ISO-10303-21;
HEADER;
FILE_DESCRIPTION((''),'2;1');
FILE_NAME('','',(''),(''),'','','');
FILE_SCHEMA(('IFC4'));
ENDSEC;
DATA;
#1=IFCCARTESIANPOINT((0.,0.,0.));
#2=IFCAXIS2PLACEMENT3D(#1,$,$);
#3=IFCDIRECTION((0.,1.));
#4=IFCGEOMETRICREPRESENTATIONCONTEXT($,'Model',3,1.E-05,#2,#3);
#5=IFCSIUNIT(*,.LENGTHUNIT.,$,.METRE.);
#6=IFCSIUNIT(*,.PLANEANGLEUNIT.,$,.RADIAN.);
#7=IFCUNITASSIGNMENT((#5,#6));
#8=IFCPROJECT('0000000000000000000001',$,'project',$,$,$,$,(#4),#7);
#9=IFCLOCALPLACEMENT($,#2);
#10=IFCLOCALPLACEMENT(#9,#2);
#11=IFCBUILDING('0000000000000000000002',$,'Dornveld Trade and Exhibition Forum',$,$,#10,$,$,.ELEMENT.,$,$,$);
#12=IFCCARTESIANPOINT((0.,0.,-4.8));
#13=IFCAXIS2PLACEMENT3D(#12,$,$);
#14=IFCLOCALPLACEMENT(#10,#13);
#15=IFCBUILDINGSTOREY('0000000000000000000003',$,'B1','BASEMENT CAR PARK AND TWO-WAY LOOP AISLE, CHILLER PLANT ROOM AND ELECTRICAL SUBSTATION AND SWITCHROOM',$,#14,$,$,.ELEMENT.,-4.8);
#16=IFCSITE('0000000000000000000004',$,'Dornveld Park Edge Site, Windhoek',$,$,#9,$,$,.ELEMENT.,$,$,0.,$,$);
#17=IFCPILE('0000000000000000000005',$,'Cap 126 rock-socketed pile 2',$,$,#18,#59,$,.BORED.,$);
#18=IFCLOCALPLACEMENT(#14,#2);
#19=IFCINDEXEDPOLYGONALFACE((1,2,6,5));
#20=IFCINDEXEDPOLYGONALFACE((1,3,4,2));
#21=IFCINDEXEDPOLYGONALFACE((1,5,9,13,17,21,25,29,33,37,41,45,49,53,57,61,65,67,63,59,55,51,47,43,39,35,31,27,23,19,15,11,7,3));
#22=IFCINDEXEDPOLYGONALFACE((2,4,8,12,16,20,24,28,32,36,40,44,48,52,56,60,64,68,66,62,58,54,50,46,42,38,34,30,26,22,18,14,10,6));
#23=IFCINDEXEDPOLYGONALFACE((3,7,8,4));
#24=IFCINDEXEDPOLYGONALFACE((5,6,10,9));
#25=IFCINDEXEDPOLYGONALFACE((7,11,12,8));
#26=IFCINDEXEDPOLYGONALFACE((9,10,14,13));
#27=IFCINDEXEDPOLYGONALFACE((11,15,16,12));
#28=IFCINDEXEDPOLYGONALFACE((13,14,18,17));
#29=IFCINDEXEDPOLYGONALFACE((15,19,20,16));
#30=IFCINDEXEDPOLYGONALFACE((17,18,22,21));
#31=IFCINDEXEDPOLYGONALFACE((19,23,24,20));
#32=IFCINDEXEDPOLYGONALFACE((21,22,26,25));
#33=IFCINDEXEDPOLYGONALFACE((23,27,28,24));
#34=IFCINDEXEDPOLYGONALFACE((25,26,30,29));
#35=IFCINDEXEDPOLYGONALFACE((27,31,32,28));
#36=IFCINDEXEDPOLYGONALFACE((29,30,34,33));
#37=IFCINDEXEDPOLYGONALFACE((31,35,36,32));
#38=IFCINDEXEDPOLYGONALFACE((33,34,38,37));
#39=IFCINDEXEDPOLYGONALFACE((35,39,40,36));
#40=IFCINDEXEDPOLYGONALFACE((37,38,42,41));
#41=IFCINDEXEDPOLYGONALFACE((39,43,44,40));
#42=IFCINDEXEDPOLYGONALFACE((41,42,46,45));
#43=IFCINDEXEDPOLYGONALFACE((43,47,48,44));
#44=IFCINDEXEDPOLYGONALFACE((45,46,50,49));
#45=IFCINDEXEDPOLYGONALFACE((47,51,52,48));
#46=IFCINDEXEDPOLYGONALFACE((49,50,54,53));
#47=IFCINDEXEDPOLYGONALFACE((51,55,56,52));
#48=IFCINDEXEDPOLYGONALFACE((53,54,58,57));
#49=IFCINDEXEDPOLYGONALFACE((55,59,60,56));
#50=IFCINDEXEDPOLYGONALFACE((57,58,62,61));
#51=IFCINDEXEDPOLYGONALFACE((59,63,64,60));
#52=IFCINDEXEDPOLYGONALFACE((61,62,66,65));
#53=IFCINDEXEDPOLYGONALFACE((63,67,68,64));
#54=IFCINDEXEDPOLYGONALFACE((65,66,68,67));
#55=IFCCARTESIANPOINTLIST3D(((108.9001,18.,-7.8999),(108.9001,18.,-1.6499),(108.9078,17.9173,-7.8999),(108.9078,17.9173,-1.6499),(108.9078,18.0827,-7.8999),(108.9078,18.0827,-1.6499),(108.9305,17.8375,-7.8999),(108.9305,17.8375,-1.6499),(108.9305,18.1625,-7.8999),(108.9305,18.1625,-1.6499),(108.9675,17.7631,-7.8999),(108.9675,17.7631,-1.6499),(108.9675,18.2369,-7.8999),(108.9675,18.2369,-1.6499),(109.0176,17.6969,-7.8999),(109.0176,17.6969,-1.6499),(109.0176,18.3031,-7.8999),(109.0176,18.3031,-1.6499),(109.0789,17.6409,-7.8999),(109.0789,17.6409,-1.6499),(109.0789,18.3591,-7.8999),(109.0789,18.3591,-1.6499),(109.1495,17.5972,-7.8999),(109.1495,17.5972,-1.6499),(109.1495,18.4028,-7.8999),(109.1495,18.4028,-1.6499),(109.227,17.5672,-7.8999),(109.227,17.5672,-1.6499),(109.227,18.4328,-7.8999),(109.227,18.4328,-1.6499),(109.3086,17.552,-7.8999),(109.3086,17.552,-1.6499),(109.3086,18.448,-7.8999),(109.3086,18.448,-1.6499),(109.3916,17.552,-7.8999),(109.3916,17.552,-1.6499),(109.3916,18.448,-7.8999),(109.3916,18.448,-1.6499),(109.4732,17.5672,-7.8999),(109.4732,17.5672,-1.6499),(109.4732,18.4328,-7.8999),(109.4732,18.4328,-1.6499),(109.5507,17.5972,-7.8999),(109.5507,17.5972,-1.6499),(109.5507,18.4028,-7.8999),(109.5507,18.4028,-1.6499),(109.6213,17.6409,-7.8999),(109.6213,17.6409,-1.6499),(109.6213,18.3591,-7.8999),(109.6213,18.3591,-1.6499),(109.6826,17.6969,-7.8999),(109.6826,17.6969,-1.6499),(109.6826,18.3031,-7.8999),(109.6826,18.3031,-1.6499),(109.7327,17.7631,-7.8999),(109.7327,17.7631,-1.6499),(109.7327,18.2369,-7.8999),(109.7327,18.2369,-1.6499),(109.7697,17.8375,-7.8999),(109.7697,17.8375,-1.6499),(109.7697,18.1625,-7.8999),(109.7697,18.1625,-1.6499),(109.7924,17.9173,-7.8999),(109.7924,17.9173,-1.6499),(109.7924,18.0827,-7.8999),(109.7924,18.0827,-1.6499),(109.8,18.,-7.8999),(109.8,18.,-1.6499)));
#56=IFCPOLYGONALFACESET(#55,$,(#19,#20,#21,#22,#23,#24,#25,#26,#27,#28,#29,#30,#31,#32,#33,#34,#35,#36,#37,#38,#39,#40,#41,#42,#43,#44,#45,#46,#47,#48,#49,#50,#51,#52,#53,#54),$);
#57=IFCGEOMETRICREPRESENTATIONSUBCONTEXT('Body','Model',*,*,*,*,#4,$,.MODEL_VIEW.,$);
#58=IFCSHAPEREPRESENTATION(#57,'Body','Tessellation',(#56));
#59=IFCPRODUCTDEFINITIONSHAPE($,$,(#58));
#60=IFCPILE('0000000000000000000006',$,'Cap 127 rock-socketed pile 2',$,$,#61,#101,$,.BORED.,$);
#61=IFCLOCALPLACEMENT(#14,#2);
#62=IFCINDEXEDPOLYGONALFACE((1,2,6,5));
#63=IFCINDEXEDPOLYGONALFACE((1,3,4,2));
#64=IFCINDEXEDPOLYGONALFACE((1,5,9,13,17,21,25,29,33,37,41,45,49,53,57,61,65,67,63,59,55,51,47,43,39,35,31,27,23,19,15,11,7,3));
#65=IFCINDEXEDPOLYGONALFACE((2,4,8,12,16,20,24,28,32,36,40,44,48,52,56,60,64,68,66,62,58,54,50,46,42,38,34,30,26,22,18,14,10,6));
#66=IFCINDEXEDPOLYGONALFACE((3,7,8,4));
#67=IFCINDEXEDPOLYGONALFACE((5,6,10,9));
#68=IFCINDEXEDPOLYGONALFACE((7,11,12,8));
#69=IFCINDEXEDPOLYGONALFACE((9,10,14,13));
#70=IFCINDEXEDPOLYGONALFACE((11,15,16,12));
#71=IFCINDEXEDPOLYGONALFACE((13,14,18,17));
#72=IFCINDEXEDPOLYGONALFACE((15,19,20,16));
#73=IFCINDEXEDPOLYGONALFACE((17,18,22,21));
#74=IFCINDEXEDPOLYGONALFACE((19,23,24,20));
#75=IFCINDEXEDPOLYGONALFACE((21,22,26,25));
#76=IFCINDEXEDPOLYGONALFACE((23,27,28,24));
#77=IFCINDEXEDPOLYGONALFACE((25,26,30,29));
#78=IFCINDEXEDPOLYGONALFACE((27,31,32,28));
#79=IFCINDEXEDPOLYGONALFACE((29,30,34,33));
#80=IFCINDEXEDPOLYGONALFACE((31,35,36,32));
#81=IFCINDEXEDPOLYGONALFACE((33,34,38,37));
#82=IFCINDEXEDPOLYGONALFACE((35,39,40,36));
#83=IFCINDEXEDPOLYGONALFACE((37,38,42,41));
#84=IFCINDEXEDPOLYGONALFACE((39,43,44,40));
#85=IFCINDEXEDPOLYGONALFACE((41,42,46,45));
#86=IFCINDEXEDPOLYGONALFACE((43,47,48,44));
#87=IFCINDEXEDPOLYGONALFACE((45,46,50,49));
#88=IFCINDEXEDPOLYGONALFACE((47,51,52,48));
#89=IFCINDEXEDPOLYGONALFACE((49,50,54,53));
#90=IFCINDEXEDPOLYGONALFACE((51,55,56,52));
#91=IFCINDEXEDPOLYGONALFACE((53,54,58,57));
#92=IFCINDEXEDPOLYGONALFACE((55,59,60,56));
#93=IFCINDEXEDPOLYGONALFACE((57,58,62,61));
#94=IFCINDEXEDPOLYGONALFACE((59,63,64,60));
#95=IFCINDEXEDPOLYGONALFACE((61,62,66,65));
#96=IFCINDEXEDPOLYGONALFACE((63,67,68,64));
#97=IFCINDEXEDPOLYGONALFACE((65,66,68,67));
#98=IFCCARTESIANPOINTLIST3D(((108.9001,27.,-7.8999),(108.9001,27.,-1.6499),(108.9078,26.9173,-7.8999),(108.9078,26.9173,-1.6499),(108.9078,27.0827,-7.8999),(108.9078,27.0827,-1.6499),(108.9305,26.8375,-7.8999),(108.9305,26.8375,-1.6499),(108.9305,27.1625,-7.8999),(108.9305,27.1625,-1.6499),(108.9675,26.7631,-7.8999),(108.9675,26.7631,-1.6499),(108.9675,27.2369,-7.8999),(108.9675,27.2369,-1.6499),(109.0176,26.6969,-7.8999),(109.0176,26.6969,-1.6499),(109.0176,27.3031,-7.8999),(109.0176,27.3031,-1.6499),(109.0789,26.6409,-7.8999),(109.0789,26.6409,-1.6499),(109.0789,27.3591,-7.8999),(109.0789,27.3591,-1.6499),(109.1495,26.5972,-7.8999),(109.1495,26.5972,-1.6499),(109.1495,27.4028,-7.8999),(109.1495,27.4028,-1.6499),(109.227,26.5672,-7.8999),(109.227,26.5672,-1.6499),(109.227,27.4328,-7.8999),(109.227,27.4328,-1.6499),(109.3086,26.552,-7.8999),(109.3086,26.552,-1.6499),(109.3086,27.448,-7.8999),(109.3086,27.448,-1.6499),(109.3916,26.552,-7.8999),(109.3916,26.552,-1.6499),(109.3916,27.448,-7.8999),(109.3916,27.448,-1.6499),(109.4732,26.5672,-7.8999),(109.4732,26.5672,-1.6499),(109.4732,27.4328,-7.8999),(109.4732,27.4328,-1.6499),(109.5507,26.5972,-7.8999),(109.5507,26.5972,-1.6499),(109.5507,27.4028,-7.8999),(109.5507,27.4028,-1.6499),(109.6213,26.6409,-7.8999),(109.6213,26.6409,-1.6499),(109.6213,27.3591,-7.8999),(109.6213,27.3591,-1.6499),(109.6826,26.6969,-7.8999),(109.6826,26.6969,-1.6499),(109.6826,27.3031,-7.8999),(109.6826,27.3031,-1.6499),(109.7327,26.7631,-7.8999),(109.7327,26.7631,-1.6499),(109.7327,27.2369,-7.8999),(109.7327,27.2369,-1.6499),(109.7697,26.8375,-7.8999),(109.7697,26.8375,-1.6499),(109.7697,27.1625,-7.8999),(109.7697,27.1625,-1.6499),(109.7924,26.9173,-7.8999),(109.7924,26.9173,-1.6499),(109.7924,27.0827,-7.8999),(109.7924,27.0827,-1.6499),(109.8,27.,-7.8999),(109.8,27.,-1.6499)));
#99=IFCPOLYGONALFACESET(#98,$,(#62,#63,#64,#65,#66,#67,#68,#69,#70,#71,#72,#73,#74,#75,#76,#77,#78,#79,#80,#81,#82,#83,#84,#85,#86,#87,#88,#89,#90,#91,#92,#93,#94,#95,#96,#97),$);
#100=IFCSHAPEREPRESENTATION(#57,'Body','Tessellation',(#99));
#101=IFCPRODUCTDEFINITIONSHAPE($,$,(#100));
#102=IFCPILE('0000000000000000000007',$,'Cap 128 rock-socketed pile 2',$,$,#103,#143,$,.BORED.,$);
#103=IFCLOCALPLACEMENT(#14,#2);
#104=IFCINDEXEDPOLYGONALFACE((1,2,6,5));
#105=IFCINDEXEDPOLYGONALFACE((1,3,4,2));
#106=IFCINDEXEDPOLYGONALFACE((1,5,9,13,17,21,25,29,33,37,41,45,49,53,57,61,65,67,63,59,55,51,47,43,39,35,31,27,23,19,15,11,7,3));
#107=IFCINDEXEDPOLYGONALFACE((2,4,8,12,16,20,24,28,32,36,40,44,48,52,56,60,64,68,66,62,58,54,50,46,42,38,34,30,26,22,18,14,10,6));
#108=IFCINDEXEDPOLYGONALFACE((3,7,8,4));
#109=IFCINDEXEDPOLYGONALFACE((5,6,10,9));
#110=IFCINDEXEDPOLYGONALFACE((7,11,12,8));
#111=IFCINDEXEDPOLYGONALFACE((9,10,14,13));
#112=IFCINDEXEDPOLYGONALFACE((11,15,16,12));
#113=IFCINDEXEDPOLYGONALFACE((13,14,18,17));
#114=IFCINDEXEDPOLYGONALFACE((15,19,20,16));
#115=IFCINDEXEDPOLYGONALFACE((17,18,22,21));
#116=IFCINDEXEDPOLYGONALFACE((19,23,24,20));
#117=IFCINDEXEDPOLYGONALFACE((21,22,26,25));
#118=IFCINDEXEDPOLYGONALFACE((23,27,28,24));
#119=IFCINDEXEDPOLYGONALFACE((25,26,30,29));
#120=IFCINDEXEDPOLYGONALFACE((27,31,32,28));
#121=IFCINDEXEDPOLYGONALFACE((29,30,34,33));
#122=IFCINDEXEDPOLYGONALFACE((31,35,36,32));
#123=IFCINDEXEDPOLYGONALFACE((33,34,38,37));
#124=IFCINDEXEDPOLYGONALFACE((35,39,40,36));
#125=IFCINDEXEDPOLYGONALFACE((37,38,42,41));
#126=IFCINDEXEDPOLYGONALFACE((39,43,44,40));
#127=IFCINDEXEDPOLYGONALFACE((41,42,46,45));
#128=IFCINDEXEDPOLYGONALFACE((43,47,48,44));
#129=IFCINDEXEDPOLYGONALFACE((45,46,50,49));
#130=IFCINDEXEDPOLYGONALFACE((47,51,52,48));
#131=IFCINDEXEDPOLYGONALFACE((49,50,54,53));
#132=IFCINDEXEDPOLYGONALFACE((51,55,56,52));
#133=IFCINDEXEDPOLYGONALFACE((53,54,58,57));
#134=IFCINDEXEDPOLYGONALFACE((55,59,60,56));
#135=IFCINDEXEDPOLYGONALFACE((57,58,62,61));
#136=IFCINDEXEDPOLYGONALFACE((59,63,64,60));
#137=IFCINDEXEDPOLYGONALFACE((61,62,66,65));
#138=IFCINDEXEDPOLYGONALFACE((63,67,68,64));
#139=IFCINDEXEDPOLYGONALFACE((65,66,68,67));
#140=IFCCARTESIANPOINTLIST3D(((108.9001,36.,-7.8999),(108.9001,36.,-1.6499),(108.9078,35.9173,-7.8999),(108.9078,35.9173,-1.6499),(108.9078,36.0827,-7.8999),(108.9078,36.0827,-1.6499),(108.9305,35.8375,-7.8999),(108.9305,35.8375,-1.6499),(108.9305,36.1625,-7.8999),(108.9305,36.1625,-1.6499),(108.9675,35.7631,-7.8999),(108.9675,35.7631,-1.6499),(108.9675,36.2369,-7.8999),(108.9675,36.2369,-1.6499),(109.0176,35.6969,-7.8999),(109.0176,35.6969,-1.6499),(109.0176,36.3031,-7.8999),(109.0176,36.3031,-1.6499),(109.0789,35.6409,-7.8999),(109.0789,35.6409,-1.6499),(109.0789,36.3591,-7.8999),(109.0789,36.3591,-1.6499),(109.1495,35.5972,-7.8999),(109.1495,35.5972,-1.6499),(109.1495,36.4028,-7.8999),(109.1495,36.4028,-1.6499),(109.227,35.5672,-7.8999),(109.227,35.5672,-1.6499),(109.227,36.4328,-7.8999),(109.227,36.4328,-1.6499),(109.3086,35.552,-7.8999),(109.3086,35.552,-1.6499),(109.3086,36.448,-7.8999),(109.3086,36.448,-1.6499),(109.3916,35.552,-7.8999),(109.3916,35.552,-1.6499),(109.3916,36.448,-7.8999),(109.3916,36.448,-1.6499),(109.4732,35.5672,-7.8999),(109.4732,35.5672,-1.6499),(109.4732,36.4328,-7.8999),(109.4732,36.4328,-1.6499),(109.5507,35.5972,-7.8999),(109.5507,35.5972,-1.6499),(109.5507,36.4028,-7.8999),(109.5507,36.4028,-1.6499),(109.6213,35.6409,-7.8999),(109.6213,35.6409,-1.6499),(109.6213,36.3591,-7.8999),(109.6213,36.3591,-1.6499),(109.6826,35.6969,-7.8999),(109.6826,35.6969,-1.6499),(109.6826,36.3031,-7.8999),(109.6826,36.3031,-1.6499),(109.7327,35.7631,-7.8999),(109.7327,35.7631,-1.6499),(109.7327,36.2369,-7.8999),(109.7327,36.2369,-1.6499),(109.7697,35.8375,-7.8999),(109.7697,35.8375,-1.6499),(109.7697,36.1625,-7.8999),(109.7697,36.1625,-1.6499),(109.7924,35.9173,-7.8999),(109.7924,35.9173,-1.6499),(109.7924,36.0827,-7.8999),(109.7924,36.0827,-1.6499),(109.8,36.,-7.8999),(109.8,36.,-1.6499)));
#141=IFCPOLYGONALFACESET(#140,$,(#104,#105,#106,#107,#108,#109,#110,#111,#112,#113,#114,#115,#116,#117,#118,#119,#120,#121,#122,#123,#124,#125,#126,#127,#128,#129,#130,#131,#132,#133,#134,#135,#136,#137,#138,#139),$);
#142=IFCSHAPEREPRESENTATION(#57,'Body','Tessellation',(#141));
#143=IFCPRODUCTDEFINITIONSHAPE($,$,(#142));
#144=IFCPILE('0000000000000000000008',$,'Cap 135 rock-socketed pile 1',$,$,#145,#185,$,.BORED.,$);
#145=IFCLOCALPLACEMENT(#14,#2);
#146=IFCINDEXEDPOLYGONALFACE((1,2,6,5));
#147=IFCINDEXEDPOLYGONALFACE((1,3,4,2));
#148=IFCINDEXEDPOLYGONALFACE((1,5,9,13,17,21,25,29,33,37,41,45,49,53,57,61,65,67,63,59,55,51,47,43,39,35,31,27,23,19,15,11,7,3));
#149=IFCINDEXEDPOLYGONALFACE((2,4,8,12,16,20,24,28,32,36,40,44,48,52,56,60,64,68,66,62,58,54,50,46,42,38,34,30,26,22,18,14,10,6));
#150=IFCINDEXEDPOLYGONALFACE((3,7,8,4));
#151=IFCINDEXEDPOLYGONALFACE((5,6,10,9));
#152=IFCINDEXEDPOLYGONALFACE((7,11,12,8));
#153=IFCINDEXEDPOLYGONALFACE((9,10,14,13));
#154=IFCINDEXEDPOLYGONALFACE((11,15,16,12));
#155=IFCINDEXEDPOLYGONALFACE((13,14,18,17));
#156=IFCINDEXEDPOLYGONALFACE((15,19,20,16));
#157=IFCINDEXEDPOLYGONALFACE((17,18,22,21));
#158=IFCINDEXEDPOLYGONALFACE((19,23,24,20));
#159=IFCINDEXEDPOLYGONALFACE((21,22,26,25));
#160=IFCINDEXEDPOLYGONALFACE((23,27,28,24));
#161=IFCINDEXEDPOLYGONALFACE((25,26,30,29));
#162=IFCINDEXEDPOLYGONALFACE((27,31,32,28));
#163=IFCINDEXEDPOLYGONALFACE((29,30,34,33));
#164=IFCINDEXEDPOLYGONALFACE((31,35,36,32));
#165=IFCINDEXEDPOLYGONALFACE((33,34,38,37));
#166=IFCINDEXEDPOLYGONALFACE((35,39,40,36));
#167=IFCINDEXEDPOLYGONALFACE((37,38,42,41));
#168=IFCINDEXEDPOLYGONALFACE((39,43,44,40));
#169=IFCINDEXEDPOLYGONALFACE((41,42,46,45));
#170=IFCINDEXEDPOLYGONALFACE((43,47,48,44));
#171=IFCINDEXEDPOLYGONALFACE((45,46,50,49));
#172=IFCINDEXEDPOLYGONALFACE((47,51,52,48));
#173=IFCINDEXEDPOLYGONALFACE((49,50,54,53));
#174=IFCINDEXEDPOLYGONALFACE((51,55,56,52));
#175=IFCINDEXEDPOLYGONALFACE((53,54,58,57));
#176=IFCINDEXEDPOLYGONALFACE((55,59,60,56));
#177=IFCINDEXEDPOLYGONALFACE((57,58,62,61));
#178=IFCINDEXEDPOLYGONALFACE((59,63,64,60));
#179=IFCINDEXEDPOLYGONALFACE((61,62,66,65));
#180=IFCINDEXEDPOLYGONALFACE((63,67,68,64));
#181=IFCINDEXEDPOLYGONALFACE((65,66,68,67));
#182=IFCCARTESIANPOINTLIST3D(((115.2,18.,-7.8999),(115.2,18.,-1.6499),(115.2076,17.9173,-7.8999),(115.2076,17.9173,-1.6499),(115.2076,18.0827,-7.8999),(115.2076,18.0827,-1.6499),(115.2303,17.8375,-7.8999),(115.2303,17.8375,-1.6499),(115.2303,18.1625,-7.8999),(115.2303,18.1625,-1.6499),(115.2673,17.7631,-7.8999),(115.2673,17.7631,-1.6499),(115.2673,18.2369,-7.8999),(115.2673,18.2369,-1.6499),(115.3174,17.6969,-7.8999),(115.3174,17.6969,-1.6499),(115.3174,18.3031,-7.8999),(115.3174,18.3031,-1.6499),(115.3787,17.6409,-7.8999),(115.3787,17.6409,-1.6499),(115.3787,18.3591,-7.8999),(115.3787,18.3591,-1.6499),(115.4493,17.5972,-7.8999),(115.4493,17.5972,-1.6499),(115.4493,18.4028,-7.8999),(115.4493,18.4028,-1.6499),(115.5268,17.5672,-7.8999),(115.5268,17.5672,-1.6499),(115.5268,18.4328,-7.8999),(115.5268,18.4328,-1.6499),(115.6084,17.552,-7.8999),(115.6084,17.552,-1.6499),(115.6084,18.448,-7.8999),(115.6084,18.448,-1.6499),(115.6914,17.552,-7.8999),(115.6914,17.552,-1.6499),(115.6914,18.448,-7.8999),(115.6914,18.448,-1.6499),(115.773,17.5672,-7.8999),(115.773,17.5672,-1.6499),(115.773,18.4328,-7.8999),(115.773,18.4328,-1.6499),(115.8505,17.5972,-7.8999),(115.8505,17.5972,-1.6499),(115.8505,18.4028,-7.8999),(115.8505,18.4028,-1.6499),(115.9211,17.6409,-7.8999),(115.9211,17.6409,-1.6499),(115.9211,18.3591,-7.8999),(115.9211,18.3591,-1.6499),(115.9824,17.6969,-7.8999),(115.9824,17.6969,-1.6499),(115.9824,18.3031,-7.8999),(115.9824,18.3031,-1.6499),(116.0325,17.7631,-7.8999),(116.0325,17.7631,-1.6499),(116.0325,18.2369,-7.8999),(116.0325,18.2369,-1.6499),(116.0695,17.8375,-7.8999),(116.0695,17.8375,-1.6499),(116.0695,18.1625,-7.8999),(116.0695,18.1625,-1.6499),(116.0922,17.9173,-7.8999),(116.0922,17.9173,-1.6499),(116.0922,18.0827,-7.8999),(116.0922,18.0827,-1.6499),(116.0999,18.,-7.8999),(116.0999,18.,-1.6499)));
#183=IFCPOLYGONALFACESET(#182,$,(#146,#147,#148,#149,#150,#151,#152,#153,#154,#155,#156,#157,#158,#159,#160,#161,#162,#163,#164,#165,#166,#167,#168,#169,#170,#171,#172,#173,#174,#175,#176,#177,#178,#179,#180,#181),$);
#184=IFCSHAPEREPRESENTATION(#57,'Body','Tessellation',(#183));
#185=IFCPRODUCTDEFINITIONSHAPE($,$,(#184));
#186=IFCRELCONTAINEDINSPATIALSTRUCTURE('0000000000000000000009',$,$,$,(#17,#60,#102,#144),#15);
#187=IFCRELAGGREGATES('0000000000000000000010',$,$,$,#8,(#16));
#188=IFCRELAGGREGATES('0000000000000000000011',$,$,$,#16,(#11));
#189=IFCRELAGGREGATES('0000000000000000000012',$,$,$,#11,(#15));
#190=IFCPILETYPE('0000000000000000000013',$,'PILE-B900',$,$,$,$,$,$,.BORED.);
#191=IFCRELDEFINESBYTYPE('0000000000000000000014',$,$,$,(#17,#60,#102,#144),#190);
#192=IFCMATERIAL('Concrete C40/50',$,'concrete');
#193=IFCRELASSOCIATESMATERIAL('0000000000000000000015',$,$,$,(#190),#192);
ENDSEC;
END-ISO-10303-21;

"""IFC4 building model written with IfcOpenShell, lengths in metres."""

from ifc_helpers import new_model, si_unit, direction, frame, origin, origin_2d, place, context, subcontext, project, spatial, circle, extrude, material, material_profile, profile_set, type_object, element, save


model = new_model("IFC4")

# Units and contexts
model_context = context("Model", 3, precision=1e-05, world=origin(), true_north=direction((0.0, 1.0)))
body_context = subcontext(model_context, "Body", "Model", "MODEL_VIEW")
ifc_project = project(units=[si_unit("LENGTHUNIT", "METRE"), si_unit("PLANEANGLEUNIT", "RADIAN")], contexts=[model_context])

# Site, building, storey
site_placement = place(None, origin())
site = spatial("IfcSite", under=ifc_project, at=site_placement, Name="Dornveld Park Edge Site, Windhoek", CompositionType="ELEMENT", RefElevation=0.0)
building_placement = place(site_placement, origin())
building = spatial("IfcBuilding", under=site, at=building_placement, Name="Dornveld Trade and Exhibition Forum", CompositionType="ELEMENT")
storey_placement = place(building_placement, frame((0.0, 0.0, -4.8)))
storey = spatial("IfcBuildingStorey", under=building, at=storey_placement, Name="B1", Description="BASEMENT CAR PARK AND TWO-WAY LOOP AISLE, CHILLER PLANT ROOM AND ELECTRICAL SUBSTATION AND SWITCHROOM", CompositionType="ELEMENT", Elevation=-4.8)

# Piles
ifc_material_1 = material(Name="Concrete C40/50", Category="concrete")
ifc_material_profile_1 = material_profile(ifc_material_1, circle(Radius=0.45, at=origin_2d()), Name="PILE D900")
ifc_profile_set_1 = profile_set([ifc_material_profile_1], Name="Concrete C40/50")
pile_type = type_object("IfcPileType", Name="PILE-B900", PredefinedType="BORED", material=ifc_profile_set_1)
for number, where, z_axis, x_axis, name in (
    (1, (109.3501, 18.0, -1.6499), (0.0, 0.0, -1.0), (1.0, 0.0, 0.0), "Cap 126 rock-socketed pile 2"),
    (2, (109.3501, 27.0, -1.6499), (0.0, 0.0, -1.0), (1.0, 0.0, 0.0), "Cap 127 rock-socketed pile 2"),
    (3, (109.3501, 36.0, -1.6499), (0.0, 0.0, -1.0), (1.0, 0.0, 0.0), "Cap 128 rock-socketed pile 2"),
    (4, (115.6499, 18.0, -1.6499), (0.0, 0.0, -1.0), (1.0, 0.0, 0.0), "Cap 135 rock-socketed pile 1"),
):
    element("IfcPile", number, at=place(storey_placement, frame(where, z_axis=z_axis, x_axis=x_axis)), inside=storey, type_object=pile_type, Name=name, PredefinedType="BORED", context=body_context, shape_type="SweptSolid", body=[
        extrude(circle(Radius=0.45, at=origin_2d()), origin(), (0.0, 0.0, 1.0), 6.25),
    ])

save(model, "model.ifc")
